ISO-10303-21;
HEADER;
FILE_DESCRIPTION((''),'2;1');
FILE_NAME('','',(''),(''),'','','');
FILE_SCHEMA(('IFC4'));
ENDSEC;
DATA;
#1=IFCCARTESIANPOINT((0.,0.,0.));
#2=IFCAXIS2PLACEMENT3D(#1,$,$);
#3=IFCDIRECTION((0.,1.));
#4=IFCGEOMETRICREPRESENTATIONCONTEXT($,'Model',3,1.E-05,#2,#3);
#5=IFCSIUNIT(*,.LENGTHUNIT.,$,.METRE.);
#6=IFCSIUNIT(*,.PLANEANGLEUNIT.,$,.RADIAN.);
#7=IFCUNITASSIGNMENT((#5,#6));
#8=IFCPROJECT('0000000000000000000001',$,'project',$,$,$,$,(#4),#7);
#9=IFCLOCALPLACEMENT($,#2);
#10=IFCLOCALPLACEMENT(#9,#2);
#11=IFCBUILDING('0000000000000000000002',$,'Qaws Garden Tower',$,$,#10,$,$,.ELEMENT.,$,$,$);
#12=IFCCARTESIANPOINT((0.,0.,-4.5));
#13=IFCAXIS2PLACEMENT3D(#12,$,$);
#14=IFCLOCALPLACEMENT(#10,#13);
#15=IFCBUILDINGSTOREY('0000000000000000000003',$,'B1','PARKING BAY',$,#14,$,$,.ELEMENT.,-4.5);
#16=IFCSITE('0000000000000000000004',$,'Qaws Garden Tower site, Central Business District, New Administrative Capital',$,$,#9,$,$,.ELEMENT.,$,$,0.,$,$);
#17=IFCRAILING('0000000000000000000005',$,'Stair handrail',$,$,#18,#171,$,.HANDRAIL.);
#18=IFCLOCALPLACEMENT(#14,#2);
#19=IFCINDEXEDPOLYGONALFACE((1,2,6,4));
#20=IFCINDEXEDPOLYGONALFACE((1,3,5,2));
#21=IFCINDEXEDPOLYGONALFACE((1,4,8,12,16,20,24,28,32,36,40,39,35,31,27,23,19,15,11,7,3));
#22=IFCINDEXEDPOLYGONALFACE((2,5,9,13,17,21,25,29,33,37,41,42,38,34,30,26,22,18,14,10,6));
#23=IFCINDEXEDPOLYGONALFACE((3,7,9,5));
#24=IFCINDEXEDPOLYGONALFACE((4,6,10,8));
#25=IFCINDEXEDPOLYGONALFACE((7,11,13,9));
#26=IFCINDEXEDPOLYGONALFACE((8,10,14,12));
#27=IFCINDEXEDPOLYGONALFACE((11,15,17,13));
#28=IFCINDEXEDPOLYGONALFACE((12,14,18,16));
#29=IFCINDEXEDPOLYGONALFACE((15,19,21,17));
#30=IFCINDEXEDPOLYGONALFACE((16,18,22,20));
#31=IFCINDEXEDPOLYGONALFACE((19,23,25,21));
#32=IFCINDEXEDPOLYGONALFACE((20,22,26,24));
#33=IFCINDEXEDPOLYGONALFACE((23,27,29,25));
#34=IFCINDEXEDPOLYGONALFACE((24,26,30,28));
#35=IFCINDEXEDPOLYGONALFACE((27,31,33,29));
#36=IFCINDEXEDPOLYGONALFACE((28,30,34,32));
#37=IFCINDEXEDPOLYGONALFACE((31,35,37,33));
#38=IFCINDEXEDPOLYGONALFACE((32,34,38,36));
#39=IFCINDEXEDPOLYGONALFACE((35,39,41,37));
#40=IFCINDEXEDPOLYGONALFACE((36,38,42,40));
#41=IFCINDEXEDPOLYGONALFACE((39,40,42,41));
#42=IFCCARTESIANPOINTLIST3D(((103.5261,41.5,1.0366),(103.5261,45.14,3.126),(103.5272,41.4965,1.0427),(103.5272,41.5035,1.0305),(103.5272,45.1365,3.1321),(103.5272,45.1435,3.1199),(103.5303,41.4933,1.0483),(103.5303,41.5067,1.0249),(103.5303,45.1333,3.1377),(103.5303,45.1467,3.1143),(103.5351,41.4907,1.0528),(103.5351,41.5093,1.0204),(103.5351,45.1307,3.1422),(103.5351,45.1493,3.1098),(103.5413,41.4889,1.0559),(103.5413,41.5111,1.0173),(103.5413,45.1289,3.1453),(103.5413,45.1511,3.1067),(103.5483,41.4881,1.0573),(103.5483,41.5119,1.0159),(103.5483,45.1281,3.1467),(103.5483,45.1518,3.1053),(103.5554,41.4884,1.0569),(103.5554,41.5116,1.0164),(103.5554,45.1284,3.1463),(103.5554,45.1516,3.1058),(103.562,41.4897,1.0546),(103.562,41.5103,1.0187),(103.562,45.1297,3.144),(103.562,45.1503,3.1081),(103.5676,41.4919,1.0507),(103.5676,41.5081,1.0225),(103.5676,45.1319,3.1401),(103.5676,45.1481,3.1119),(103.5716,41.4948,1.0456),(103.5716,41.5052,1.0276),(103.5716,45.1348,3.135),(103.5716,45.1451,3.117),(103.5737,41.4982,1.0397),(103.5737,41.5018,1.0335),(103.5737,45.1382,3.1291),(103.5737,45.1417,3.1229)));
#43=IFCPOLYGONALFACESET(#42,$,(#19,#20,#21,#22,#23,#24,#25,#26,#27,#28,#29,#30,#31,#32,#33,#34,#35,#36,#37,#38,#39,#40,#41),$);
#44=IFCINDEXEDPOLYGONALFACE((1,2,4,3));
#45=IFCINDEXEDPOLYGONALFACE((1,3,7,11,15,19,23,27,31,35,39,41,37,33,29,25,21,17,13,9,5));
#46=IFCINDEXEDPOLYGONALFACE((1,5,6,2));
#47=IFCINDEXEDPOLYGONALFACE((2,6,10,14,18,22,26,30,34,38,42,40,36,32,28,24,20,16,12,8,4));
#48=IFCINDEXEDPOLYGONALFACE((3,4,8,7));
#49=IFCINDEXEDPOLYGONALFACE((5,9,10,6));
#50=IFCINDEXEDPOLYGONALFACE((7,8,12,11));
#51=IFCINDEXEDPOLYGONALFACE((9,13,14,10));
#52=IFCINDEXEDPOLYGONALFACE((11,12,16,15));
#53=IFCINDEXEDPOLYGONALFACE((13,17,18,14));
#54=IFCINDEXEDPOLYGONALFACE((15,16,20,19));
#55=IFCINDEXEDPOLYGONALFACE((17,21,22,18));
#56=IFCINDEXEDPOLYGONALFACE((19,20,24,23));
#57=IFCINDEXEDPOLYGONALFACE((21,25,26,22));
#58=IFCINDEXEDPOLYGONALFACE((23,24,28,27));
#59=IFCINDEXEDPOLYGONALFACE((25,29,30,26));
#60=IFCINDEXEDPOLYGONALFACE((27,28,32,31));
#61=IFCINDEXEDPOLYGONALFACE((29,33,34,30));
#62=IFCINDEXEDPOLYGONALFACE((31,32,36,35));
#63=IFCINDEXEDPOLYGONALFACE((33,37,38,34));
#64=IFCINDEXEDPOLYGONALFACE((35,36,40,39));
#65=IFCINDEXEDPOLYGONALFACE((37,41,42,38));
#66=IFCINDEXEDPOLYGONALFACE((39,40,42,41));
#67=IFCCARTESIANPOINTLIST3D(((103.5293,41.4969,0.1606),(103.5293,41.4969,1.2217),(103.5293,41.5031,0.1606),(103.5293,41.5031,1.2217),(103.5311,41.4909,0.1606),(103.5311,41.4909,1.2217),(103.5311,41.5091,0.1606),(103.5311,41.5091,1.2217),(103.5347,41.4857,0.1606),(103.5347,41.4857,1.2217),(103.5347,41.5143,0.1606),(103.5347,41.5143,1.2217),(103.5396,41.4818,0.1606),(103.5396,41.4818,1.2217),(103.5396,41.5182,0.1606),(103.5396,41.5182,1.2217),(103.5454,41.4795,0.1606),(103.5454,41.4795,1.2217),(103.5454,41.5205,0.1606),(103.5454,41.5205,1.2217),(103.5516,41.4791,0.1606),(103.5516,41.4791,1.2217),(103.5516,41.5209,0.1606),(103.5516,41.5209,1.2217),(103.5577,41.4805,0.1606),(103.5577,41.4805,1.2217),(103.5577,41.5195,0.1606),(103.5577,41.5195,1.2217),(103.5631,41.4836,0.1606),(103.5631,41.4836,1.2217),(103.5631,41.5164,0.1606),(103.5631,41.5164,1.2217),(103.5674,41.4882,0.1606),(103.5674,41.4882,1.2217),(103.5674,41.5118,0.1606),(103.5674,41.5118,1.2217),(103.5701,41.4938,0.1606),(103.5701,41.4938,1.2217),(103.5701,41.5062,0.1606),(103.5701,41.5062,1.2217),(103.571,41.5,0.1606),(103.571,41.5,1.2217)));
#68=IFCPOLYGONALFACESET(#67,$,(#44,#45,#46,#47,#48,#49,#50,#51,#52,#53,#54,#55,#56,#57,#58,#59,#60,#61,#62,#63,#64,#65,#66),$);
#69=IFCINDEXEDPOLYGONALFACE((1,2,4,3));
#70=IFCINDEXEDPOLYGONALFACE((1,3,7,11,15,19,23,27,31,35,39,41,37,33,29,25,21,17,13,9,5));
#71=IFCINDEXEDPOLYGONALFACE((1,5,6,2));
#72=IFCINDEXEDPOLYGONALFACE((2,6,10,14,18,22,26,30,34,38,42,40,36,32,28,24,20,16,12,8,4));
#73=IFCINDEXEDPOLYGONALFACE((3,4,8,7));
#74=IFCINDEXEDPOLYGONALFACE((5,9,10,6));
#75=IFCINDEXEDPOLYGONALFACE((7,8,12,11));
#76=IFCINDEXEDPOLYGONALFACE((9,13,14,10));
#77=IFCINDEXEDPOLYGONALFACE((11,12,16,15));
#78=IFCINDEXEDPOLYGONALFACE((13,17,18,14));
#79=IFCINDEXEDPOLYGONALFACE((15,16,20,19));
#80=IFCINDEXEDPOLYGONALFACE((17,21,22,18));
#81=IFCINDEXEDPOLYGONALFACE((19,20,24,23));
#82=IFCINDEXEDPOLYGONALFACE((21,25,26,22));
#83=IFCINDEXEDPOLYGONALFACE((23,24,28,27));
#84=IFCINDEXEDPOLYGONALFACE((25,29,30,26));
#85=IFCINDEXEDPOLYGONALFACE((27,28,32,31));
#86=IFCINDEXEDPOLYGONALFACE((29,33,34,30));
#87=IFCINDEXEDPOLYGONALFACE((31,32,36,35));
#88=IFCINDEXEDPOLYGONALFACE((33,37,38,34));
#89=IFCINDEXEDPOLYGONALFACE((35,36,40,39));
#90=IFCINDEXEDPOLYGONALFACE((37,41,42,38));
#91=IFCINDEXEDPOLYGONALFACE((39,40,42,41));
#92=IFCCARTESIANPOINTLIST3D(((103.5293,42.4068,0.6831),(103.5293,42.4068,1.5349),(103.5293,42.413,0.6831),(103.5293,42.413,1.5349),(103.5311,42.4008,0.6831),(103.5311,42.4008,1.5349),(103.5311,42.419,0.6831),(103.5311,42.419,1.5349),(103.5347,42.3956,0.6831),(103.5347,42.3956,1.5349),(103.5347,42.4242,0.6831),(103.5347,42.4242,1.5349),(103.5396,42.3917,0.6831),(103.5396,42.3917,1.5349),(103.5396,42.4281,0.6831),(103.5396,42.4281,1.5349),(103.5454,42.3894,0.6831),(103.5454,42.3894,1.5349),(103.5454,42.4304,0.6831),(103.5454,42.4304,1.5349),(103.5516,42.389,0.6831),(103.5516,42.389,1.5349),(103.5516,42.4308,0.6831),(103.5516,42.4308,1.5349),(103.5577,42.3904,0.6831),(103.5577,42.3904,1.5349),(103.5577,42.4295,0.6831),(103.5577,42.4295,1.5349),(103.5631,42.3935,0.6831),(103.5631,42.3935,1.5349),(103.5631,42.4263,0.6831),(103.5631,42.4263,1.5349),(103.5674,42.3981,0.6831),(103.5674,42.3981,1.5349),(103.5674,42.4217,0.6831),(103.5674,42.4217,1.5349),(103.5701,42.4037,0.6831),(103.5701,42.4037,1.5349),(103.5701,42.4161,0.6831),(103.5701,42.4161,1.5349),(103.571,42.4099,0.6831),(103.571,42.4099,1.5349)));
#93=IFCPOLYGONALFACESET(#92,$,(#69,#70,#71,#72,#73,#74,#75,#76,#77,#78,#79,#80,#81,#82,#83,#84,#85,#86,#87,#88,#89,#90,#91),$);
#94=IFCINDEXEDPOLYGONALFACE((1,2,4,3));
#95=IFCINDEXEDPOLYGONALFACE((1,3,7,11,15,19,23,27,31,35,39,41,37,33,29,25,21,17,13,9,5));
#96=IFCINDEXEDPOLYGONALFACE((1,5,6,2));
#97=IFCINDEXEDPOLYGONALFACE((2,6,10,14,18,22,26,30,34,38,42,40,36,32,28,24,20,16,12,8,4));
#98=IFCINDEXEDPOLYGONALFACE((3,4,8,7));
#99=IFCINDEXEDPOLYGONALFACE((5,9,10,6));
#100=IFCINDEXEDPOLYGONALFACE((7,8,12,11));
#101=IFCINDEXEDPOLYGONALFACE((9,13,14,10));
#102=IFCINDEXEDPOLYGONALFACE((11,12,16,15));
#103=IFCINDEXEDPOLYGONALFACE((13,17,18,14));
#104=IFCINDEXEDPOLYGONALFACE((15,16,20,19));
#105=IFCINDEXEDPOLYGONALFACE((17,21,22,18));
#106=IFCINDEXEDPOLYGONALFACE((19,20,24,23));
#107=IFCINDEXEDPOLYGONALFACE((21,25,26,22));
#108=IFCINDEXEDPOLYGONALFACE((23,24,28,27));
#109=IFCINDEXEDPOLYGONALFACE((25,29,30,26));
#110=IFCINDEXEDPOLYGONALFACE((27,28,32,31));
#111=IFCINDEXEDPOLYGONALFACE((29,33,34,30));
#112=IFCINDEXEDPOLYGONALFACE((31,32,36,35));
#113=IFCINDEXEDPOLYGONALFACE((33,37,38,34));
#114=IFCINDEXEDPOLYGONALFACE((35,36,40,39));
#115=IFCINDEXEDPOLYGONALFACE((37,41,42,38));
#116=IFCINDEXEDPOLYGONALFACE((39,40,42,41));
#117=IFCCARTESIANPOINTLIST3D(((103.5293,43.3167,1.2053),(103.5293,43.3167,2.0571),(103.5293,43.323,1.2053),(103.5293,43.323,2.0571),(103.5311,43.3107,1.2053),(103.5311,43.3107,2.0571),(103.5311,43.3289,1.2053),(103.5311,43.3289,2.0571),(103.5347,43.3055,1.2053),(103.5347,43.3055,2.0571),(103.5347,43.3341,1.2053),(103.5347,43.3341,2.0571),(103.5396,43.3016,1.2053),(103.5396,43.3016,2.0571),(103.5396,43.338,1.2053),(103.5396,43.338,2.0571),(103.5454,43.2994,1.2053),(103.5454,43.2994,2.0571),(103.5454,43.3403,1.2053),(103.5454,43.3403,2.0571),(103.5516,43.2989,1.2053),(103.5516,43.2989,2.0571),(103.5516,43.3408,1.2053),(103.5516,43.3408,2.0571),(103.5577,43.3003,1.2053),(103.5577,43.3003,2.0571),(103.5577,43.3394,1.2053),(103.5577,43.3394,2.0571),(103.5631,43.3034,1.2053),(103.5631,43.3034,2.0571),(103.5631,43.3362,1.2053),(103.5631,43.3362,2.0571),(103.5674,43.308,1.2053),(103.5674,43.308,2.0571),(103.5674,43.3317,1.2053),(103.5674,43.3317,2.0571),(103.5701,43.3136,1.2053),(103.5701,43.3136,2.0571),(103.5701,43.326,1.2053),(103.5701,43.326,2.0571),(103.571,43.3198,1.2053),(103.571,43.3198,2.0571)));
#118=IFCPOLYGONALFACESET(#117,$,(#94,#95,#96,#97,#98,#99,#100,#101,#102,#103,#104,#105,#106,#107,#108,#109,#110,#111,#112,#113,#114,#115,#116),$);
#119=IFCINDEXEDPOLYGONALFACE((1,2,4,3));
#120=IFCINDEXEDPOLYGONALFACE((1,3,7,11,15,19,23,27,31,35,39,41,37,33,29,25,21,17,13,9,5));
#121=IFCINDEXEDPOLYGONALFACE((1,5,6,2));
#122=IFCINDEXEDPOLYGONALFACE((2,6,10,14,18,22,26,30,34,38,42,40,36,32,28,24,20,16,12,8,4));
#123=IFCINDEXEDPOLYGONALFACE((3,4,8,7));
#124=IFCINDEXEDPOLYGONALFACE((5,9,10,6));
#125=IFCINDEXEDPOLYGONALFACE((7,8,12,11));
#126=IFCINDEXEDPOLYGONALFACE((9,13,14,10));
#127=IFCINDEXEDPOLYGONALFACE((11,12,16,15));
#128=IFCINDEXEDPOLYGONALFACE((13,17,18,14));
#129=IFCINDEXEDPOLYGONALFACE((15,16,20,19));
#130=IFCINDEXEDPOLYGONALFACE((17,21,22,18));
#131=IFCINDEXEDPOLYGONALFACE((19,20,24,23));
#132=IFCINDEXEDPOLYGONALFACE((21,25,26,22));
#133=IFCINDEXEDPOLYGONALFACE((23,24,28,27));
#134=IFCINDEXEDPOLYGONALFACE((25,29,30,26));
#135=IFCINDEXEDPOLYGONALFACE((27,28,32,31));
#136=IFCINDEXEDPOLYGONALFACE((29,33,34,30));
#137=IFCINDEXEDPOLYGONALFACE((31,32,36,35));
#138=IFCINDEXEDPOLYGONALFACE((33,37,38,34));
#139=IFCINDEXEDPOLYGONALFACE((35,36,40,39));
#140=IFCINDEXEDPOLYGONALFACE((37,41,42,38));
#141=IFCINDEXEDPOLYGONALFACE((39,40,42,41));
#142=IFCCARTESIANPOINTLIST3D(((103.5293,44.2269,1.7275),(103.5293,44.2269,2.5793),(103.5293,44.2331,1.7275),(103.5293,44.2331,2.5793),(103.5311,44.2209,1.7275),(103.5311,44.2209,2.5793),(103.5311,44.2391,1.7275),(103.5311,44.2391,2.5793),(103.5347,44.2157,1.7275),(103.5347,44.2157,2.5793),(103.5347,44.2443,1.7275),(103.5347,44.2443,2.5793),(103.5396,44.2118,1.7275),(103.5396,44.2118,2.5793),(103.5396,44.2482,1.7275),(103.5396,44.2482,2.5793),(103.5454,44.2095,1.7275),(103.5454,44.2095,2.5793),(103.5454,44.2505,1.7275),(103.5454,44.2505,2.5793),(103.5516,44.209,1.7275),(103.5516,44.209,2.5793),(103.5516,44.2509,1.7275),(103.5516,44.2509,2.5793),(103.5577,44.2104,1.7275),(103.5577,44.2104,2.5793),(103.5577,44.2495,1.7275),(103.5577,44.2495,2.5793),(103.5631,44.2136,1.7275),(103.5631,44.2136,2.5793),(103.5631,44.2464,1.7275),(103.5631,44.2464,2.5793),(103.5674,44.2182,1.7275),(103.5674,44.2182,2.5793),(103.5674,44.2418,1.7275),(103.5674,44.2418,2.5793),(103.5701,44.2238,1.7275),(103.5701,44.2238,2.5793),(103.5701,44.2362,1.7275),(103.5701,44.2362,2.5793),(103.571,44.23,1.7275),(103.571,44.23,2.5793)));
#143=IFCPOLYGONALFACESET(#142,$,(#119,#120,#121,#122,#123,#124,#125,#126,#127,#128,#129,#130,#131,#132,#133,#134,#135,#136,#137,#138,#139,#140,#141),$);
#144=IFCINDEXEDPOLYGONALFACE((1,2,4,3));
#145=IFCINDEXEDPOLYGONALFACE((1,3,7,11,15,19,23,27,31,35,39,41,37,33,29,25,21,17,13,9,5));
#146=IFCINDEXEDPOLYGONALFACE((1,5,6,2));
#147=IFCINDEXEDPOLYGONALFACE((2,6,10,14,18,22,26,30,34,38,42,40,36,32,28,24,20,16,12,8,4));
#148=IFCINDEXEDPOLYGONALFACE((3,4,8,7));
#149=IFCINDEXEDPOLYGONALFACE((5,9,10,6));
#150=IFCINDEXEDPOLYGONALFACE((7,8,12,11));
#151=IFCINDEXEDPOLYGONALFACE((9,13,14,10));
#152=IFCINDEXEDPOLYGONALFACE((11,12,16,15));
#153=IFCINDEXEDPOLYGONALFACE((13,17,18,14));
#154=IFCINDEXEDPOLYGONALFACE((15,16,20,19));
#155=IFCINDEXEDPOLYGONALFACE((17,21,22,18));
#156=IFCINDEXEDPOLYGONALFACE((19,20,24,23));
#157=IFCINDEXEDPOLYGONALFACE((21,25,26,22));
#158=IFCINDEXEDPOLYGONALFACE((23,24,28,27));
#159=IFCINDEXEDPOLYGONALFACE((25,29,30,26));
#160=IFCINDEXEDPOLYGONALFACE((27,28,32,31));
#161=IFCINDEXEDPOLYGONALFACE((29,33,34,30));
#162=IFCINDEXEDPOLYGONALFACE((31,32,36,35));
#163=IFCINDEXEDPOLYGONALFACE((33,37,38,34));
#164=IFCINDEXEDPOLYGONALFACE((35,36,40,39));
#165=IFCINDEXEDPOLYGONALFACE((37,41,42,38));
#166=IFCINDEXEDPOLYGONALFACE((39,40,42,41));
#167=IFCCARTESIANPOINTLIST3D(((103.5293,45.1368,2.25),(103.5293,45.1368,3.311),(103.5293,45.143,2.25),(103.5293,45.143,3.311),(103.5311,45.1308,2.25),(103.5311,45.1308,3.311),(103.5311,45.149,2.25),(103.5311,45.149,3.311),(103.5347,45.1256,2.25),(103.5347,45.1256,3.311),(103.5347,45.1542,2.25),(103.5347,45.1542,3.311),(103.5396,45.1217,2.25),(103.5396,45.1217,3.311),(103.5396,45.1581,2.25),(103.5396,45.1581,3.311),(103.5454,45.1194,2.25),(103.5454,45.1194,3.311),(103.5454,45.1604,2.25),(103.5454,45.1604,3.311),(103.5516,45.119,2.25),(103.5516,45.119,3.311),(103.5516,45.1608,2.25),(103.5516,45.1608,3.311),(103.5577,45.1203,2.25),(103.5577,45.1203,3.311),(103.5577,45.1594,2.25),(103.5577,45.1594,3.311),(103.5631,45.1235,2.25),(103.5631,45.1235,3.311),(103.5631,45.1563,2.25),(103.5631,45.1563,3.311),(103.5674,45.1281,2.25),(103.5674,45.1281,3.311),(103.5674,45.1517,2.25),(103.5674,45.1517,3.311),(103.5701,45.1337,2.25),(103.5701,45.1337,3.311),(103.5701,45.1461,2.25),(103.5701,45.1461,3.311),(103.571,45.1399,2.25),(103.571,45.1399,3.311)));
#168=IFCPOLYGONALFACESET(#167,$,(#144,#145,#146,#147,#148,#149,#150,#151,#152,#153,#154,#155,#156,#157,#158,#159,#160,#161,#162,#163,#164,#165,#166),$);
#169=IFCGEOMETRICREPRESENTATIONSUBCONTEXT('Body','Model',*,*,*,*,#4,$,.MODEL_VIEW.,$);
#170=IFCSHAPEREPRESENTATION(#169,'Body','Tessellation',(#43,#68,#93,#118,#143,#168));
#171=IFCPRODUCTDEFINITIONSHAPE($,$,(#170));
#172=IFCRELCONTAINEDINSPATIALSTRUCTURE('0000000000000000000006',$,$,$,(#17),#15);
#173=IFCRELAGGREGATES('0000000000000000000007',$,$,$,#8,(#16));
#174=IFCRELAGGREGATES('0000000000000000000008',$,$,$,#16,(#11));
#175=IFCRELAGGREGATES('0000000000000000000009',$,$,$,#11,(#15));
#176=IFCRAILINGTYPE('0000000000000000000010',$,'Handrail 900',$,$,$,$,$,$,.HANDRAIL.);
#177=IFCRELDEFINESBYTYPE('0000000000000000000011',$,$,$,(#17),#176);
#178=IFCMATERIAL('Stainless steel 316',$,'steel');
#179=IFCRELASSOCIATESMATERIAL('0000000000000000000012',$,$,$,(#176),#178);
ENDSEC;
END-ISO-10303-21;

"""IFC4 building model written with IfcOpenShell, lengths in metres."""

from ifc_helpers import new_model, si_unit, direction, frame, origin, origin_2d, place, context, subcontext, project, spatial, circle, extrude, material, type_object, element, save


model = new_model("IFC4")

# Units and contexts
model_context = context("Model", 3, precision=1e-05, world=origin(), true_north=direction((0.0, 1.0)))
body_context = subcontext(model_context, "Body", "Model", "MODEL_VIEW")
ifc_project = project(units=[si_unit("LENGTHUNIT", "METRE"), si_unit("PLANEANGLEUNIT", "RADIAN")], contexts=[model_context])

# Site, building, storey
site_placement = place(None, origin())
site = spatial("IfcSite", under=ifc_project, at=site_placement, Name="Qaws Garden Tower site, Central Business District, New Administrative Capital", CompositionType="ELEMENT", RefElevation=0.0)
building_placement = place(site_placement, origin())
building = spatial("IfcBuilding", under=site, at=building_placement, Name="Qaws Garden Tower", CompositionType="ELEMENT")
storey_placement = place(building_placement, frame((0.0, 0.0, -4.5)))
storey = spatial("IfcBuildingStorey", under=building, at=storey_placement, Name="B1", Description="PARKING BAY", CompositionType="ELEMENT", Elevation=-4.5)

# Railing
ifc_material_1 = material(Name="Stainless steel 316", Category="steel")
railing_type_1 = type_object("IfcRailingType", Name="Handrail 900", PredefinedType="HANDRAIL", material=ifc_material_1)
for number, where, name in (
    (1, (103.55, 41.5, 0.1606), "Stair handrail"),
):
    element("IfcRailing", number, at=place(storey_placement, frame(where)), inside=storey, type_object=railing_type_1, Name=name, PredefinedType="HANDRAIL", context=body_context, shape_type="SweptSolid", body=[
        extrude(circle(Radius=0.0239, at=origin_2d()), frame((0.0, 0.0, 0.876), z_axis=(0.0, 0.867275, 0.497829), x_axis=(-1.0, 0.0, 0.0)), (0.0, 0.0, 1.0), 4.197),
        extrude(circle(Radius=0.021, at=origin_2d()), origin(), (0.0, 0.0, 1.0), 1.061),
        extrude(circle(Radius=0.021, at=origin_2d()), frame((0.0, 0.9099, 0.5225)), (0.0, 0.0, 1.0), 0.8518),
        extrude(circle(Radius=0.021, at=origin_2d()), frame((0.0, 1.8198, 1.0447)), (0.0, 0.0, 1.0), 0.8518),
        extrude(circle(Radius=0.021, at=origin_2d()), frame((0.0, 2.73, 1.5669)), (0.0, 0.0, 1.0), 0.8518),
        extrude(circle(Radius=0.021, at=origin_2d()), frame((0.0, 3.6399, 2.0894)), (0.0, 0.0, 1.0), 1.061),
    ])

save(model, "model.ifc")
